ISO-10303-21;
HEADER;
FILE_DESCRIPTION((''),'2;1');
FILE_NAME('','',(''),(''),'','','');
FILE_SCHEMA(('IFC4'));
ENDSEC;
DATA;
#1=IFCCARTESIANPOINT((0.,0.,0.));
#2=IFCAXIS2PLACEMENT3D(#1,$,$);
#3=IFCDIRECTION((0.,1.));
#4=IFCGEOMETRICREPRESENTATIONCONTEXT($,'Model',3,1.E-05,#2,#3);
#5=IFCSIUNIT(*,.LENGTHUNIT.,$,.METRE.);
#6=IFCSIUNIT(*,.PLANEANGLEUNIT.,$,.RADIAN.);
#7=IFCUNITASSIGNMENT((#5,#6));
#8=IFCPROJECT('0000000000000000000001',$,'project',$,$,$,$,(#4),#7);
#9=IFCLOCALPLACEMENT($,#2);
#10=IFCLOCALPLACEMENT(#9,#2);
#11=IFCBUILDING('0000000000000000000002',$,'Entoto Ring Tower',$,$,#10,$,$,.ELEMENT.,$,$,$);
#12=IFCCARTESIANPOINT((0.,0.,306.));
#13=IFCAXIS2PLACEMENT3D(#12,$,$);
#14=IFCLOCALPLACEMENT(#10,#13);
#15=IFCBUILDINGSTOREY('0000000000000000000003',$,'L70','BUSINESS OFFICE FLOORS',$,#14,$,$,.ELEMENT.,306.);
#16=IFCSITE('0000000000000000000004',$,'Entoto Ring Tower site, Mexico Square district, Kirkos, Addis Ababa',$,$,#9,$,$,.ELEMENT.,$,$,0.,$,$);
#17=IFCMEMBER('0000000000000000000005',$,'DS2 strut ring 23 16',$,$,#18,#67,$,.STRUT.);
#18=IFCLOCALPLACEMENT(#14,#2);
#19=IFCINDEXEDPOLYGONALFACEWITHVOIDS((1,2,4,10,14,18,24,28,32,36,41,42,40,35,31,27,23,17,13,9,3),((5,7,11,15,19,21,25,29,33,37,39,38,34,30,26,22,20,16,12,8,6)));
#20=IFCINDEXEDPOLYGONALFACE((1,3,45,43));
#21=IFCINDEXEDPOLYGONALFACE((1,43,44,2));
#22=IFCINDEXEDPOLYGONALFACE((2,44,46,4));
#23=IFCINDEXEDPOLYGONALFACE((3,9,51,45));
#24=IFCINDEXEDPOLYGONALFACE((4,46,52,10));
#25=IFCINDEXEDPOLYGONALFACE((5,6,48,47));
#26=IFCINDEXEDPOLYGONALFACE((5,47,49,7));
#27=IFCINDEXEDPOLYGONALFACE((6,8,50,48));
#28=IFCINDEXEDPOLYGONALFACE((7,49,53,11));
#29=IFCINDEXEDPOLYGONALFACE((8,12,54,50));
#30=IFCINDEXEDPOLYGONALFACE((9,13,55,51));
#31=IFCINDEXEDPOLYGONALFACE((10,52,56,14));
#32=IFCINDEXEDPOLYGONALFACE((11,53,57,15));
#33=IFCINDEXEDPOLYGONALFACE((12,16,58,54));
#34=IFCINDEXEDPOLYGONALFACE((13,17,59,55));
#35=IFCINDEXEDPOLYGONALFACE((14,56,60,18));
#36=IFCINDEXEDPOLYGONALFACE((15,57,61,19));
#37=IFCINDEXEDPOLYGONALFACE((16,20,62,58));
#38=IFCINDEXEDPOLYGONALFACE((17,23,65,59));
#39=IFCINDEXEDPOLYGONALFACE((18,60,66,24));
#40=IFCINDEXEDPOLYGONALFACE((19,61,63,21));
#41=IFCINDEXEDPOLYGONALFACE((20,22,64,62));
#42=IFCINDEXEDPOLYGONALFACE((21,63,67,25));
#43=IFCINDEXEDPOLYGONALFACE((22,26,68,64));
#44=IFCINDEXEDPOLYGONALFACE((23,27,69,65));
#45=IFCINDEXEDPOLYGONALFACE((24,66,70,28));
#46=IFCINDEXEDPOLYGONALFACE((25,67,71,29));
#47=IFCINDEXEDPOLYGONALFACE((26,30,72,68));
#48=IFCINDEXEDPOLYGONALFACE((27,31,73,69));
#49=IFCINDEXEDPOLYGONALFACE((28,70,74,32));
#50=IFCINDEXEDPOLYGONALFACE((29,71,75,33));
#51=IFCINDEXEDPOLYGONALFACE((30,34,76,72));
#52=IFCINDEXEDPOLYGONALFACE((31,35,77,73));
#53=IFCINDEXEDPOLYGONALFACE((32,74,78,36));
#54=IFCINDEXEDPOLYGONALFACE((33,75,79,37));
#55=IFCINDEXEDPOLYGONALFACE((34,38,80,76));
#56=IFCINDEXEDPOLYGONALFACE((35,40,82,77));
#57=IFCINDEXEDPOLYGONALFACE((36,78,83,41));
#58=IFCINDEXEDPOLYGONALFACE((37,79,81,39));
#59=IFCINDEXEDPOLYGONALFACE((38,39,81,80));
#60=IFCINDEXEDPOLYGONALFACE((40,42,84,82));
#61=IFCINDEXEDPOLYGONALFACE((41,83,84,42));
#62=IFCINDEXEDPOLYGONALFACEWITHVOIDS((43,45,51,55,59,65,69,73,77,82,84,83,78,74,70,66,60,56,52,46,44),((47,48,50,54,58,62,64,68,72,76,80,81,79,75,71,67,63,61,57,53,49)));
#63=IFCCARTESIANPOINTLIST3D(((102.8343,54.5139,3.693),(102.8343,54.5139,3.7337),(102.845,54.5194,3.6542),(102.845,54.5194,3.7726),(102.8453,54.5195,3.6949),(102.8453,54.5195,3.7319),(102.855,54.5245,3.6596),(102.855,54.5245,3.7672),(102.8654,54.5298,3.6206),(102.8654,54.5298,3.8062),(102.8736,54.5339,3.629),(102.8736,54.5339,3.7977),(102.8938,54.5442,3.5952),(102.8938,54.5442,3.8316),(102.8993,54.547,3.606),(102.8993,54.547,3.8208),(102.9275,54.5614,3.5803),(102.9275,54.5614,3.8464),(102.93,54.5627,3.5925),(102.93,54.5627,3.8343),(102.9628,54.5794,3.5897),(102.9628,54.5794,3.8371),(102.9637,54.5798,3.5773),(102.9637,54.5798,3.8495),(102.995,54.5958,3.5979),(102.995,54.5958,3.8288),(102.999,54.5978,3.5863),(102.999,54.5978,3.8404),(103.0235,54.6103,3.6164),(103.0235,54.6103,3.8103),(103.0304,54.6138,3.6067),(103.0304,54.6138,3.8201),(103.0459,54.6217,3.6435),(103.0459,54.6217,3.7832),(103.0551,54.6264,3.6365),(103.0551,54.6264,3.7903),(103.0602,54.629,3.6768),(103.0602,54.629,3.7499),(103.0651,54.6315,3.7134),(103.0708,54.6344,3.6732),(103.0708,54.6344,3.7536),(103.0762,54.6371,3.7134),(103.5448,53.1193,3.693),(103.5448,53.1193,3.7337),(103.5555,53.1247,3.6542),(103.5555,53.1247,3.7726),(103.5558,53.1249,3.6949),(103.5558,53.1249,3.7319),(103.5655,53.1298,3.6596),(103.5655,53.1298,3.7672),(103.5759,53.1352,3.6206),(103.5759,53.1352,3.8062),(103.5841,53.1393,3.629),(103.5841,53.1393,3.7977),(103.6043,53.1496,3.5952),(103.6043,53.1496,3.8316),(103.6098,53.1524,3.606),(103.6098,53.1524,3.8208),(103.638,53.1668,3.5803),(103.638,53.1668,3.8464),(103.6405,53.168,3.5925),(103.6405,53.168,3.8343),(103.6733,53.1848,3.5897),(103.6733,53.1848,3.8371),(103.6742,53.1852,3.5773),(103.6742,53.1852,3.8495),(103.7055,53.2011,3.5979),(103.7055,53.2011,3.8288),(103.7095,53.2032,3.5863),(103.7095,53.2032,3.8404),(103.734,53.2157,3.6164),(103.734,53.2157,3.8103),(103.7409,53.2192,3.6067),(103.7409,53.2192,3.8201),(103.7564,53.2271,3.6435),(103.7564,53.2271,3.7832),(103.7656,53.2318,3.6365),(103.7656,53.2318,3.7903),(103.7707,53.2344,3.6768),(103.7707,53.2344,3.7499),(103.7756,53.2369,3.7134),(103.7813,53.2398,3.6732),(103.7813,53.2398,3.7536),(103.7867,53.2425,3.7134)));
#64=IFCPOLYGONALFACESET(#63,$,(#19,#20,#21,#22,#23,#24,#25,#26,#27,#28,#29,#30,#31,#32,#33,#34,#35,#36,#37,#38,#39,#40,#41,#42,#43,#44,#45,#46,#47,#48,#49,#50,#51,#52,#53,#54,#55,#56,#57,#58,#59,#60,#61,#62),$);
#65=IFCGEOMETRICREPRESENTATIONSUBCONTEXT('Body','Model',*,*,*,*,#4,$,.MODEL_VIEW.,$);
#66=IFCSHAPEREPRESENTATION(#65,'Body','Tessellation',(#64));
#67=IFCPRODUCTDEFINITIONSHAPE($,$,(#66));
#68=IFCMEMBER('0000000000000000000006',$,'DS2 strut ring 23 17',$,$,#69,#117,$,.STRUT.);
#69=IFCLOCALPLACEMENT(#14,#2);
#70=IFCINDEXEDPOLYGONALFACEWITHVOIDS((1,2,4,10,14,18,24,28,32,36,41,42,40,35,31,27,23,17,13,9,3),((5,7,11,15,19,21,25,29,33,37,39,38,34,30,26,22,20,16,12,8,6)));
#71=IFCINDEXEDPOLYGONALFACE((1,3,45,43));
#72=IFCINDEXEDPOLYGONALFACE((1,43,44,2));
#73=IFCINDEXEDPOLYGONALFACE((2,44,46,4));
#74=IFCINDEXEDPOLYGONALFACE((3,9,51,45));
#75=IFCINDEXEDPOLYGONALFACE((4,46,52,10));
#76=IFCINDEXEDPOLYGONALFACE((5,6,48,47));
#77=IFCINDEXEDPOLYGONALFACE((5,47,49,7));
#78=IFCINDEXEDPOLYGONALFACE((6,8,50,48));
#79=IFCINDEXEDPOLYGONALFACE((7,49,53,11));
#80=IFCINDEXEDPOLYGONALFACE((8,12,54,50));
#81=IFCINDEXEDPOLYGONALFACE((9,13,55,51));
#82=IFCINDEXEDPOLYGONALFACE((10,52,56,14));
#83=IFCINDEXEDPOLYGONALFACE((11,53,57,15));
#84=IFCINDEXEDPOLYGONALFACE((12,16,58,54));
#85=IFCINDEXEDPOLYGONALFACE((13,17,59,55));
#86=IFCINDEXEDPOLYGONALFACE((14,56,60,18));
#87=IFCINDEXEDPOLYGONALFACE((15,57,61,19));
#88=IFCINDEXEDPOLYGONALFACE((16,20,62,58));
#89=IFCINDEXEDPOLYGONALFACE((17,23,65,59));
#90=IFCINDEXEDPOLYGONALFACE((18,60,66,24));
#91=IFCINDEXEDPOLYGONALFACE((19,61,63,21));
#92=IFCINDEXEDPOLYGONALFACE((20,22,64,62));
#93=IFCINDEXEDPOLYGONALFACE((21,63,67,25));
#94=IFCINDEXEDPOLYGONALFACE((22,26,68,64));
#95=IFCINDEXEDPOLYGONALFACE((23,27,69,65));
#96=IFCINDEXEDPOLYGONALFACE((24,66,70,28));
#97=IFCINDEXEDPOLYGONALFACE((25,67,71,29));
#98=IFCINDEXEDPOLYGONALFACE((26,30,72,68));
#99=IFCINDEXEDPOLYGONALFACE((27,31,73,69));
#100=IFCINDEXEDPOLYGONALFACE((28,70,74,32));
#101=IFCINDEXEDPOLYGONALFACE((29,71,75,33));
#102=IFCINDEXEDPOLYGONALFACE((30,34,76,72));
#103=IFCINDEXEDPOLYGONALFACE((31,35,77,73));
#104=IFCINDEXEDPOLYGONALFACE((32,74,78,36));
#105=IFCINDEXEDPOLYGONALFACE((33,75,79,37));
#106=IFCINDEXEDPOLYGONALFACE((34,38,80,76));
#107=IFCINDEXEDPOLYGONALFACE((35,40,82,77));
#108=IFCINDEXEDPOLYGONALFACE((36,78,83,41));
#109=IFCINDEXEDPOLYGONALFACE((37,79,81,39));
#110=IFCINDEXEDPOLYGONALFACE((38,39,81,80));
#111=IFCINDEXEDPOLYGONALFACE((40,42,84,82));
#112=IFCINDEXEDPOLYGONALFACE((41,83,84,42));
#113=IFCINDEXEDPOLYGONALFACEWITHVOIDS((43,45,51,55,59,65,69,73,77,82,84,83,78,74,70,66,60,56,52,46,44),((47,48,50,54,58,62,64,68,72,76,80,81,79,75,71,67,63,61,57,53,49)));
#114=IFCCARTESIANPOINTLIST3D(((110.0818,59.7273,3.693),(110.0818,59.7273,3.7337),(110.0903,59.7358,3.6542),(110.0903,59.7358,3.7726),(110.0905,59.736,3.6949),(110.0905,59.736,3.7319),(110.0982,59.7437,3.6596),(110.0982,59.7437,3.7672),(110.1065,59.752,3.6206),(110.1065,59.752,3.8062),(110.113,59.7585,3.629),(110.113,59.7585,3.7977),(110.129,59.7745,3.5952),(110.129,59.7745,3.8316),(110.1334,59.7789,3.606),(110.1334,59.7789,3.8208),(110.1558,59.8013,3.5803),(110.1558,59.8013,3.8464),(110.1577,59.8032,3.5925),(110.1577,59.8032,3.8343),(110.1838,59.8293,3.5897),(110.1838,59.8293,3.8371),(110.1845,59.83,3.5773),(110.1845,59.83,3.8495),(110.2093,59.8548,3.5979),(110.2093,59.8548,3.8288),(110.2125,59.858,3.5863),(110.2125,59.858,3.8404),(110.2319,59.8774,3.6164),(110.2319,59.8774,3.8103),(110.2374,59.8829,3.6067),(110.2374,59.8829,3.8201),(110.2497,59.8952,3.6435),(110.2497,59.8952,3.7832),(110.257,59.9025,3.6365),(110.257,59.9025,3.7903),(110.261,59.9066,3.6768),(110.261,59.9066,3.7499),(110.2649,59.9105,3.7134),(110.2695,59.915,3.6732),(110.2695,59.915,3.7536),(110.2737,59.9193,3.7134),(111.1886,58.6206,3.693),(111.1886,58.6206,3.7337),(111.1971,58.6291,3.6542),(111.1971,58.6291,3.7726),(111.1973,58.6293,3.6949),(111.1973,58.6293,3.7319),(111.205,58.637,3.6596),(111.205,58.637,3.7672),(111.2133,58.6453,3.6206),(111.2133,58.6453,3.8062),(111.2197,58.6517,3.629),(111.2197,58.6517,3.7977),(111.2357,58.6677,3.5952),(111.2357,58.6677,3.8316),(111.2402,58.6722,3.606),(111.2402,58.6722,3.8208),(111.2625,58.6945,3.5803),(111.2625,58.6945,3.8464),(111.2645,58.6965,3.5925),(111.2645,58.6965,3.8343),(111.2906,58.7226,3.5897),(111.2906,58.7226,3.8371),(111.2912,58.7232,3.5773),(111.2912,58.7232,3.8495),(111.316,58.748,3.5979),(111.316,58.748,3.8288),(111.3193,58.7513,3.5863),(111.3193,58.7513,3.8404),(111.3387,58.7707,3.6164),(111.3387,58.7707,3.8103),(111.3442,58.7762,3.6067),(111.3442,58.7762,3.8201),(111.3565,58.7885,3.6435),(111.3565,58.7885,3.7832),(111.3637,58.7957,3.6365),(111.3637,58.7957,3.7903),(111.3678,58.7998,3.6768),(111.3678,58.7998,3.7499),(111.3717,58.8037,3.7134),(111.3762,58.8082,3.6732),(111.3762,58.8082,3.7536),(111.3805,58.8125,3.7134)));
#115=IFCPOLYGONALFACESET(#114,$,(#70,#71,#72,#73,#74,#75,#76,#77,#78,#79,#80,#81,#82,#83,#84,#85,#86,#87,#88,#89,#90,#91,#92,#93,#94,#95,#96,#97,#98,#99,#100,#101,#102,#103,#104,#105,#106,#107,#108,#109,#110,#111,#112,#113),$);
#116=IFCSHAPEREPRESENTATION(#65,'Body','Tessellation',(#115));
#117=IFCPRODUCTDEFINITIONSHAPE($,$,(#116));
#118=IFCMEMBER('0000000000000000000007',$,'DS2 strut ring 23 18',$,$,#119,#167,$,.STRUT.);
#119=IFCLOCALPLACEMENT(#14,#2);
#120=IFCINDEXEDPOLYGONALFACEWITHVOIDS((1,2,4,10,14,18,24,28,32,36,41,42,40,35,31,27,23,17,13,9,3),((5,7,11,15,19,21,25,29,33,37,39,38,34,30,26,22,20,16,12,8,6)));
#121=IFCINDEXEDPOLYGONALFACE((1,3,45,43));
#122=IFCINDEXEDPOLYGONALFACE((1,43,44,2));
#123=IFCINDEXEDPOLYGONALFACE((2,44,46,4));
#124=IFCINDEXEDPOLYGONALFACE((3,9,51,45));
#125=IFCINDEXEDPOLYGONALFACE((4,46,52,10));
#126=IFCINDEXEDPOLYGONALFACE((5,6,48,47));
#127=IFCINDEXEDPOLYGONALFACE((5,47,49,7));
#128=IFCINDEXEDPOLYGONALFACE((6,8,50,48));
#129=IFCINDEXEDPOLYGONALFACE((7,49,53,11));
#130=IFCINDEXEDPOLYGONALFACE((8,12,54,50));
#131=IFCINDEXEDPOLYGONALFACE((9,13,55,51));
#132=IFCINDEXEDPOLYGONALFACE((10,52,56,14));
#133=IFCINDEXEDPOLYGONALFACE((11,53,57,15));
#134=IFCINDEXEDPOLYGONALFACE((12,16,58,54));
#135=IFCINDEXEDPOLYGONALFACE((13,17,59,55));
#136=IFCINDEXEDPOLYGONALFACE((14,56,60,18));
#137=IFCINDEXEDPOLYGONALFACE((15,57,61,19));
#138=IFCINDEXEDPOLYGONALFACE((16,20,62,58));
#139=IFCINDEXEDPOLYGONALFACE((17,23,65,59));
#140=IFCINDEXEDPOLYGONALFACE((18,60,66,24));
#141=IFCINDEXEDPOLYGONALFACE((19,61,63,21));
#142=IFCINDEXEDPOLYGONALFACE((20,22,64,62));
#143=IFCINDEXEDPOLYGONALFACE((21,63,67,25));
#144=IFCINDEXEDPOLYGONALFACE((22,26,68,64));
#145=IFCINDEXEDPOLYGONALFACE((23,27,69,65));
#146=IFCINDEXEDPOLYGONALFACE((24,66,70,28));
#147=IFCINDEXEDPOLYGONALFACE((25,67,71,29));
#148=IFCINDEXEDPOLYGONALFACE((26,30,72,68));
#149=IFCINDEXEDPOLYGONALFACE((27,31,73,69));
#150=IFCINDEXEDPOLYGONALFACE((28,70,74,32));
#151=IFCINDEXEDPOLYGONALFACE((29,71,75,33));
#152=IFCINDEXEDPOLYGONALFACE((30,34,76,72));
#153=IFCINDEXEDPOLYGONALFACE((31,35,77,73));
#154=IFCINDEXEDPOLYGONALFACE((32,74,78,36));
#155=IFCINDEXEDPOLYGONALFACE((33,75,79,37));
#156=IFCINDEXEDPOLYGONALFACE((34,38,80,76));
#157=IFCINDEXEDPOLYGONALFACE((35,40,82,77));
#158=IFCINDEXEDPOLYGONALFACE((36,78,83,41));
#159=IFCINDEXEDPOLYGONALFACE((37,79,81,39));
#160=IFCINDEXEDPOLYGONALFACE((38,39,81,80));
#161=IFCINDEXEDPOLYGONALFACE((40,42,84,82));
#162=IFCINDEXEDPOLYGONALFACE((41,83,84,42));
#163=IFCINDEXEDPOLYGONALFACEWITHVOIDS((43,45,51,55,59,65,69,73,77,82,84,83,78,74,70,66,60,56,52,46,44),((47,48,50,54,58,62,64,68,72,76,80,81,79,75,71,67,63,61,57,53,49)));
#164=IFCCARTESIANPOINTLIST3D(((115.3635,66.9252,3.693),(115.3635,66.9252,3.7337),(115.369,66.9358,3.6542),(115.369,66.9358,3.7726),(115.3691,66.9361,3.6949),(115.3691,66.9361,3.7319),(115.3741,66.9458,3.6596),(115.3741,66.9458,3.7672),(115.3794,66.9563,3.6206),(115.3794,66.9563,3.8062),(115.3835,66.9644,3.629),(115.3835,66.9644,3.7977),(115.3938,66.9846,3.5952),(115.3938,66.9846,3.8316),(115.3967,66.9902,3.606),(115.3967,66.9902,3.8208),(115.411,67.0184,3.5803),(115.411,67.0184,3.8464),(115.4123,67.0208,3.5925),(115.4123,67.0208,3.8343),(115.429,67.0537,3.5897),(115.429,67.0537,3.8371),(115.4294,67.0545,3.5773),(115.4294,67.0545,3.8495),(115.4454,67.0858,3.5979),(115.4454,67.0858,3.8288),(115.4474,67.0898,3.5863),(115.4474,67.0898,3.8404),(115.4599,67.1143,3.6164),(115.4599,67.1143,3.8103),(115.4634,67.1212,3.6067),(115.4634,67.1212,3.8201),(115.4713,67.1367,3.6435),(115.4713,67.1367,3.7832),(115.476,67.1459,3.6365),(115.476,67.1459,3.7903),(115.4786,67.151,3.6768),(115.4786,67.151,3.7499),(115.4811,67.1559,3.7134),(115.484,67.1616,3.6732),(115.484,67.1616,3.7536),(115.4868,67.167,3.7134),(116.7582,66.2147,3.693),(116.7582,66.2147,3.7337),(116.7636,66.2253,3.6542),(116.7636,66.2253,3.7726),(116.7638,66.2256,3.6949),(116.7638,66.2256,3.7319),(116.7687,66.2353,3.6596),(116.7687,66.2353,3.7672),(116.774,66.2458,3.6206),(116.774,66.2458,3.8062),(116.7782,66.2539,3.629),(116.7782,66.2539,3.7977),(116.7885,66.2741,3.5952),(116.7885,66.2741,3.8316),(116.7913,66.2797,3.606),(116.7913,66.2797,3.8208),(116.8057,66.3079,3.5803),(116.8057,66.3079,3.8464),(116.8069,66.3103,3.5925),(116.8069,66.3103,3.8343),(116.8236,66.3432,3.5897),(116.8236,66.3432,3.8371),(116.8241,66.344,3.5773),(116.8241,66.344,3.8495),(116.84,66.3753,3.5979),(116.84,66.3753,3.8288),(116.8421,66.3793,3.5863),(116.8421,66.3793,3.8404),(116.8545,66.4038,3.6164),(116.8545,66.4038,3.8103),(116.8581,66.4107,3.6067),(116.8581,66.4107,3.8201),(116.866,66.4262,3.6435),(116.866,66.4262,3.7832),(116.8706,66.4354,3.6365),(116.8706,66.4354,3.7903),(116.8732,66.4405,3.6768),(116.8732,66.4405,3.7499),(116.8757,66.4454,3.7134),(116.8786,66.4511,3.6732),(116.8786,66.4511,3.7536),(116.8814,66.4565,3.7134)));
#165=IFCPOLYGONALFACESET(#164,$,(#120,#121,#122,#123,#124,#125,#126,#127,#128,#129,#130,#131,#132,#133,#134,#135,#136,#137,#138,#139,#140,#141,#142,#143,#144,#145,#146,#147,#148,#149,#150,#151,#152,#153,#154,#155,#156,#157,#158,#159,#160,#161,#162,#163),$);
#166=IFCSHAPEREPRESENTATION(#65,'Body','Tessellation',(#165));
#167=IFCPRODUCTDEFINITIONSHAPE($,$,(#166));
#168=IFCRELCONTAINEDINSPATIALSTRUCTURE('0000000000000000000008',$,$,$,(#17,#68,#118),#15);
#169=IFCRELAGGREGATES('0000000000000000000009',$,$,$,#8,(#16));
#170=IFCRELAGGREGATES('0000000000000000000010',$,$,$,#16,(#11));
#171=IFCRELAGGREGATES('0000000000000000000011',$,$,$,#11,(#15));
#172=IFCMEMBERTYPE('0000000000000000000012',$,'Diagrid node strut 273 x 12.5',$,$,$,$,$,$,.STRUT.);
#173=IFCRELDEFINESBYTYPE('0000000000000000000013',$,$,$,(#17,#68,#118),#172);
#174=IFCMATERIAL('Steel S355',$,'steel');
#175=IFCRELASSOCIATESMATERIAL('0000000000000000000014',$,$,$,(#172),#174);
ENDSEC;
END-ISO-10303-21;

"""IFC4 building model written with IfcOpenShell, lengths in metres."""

from ifc_helpers import new_model, si_unit, direction, frame, origin, origin_2d, place, context, subcontext, project, spatial, circle, hollow_circle, extrude, material, material_profile, profile_set, type_object, element, save


model = new_model("IFC4")

# Units and contexts
model_context = context("Model", 3, precision=1e-05, world=origin(), true_north=direction((0.0, 1.0)))
body_context = subcontext(model_context, "Body", "Model", "MODEL_VIEW")
ifc_project = project(units=[si_unit("LENGTHUNIT", "METRE"), si_unit("PLANEANGLEUNIT", "RADIAN")], contexts=[model_context])

# Site, building, storey
site_placement = place(None, origin())
site = spatial("IfcSite", under=ifc_project, at=site_placement, Name="Entoto Ring Tower site, Mexico Square district, Kirkos, Addis Ababa", CompositionType="ELEMENT", RefElevation=0.0)
building_placement = place(site_placement, origin())
building = spatial("IfcBuilding", under=site, at=building_placement, Name="Entoto Ring Tower", CompositionType="ELEMENT")
storey_placement = place(building_placement, frame((0.0, 0.0, 306.0)))
storey = spatial("IfcBuildingStorey", under=building, at=storey_placement, Name="L70", Description="BUSINESS OFFICE FLOORS", CompositionType="ELEMENT", Elevation=306.0)

# Members
ifc_material_1 = material(Name="Steel S355", Category="steel")
ifc_material_profile_1 = material_profile(ifc_material_1, hollow_circle(Radius=0.1365, WallThickness=0.0125, at=origin_2d()), Name="CHS 273 x 12.5")
ifc_material_2 = material(Name="Concrete C60/75", Category="concrete")
ifc_material_profile_2 = material_profile(ifc_material_2, circle(Radius=0.124, at=origin_2d()), Name="Concrete C60/75 infill")
ifc_profile_set_1 = profile_set([ifc_material_profile_1, ifc_material_profile_2], Name="Steel S355")
member_type = type_object("IfcMemberType", Name="Diagrid node strut 273 x 12.5", PredefinedType="STRUT", material=ifc_profile_set_1)
for number, where, z_axis, x_axis, name in (
    (1, (102.9546, 54.5752, 3.7134), (0.45394, -0.891032, 0.0), (0.891032, 0.45394, 0.0), "DS2 strut ring 23 16"),
    (2, (110.1772, 59.8228, 3.7134), (0.707107, -0.707107, 0.0), (0.707107, 0.707107, 0.0), "DS2 strut ring 23 17"),
    (3, (115.4248, 67.0454, 3.7134), (0.891032, -0.45394, 0.0), (0.45394, 0.891032, 0.0), "DS2 strut ring 23 18"),
):
    element("IfcMember", number, at=place(storey_placement, frame(where, z_axis=z_axis, x_axis=x_axis)), inside=storey, type_object=member_type, Name=name, PredefinedType="STRUT", context=body_context, shape_type="SweptSolid", body=[
        extrude(hollow_circle(Radius=0.1365, WallThickness=0.0125, at=origin_2d()), origin(), (0.0, 0.0, 1.0), 1.5652),
    ])

save(model, "model.ifc")
